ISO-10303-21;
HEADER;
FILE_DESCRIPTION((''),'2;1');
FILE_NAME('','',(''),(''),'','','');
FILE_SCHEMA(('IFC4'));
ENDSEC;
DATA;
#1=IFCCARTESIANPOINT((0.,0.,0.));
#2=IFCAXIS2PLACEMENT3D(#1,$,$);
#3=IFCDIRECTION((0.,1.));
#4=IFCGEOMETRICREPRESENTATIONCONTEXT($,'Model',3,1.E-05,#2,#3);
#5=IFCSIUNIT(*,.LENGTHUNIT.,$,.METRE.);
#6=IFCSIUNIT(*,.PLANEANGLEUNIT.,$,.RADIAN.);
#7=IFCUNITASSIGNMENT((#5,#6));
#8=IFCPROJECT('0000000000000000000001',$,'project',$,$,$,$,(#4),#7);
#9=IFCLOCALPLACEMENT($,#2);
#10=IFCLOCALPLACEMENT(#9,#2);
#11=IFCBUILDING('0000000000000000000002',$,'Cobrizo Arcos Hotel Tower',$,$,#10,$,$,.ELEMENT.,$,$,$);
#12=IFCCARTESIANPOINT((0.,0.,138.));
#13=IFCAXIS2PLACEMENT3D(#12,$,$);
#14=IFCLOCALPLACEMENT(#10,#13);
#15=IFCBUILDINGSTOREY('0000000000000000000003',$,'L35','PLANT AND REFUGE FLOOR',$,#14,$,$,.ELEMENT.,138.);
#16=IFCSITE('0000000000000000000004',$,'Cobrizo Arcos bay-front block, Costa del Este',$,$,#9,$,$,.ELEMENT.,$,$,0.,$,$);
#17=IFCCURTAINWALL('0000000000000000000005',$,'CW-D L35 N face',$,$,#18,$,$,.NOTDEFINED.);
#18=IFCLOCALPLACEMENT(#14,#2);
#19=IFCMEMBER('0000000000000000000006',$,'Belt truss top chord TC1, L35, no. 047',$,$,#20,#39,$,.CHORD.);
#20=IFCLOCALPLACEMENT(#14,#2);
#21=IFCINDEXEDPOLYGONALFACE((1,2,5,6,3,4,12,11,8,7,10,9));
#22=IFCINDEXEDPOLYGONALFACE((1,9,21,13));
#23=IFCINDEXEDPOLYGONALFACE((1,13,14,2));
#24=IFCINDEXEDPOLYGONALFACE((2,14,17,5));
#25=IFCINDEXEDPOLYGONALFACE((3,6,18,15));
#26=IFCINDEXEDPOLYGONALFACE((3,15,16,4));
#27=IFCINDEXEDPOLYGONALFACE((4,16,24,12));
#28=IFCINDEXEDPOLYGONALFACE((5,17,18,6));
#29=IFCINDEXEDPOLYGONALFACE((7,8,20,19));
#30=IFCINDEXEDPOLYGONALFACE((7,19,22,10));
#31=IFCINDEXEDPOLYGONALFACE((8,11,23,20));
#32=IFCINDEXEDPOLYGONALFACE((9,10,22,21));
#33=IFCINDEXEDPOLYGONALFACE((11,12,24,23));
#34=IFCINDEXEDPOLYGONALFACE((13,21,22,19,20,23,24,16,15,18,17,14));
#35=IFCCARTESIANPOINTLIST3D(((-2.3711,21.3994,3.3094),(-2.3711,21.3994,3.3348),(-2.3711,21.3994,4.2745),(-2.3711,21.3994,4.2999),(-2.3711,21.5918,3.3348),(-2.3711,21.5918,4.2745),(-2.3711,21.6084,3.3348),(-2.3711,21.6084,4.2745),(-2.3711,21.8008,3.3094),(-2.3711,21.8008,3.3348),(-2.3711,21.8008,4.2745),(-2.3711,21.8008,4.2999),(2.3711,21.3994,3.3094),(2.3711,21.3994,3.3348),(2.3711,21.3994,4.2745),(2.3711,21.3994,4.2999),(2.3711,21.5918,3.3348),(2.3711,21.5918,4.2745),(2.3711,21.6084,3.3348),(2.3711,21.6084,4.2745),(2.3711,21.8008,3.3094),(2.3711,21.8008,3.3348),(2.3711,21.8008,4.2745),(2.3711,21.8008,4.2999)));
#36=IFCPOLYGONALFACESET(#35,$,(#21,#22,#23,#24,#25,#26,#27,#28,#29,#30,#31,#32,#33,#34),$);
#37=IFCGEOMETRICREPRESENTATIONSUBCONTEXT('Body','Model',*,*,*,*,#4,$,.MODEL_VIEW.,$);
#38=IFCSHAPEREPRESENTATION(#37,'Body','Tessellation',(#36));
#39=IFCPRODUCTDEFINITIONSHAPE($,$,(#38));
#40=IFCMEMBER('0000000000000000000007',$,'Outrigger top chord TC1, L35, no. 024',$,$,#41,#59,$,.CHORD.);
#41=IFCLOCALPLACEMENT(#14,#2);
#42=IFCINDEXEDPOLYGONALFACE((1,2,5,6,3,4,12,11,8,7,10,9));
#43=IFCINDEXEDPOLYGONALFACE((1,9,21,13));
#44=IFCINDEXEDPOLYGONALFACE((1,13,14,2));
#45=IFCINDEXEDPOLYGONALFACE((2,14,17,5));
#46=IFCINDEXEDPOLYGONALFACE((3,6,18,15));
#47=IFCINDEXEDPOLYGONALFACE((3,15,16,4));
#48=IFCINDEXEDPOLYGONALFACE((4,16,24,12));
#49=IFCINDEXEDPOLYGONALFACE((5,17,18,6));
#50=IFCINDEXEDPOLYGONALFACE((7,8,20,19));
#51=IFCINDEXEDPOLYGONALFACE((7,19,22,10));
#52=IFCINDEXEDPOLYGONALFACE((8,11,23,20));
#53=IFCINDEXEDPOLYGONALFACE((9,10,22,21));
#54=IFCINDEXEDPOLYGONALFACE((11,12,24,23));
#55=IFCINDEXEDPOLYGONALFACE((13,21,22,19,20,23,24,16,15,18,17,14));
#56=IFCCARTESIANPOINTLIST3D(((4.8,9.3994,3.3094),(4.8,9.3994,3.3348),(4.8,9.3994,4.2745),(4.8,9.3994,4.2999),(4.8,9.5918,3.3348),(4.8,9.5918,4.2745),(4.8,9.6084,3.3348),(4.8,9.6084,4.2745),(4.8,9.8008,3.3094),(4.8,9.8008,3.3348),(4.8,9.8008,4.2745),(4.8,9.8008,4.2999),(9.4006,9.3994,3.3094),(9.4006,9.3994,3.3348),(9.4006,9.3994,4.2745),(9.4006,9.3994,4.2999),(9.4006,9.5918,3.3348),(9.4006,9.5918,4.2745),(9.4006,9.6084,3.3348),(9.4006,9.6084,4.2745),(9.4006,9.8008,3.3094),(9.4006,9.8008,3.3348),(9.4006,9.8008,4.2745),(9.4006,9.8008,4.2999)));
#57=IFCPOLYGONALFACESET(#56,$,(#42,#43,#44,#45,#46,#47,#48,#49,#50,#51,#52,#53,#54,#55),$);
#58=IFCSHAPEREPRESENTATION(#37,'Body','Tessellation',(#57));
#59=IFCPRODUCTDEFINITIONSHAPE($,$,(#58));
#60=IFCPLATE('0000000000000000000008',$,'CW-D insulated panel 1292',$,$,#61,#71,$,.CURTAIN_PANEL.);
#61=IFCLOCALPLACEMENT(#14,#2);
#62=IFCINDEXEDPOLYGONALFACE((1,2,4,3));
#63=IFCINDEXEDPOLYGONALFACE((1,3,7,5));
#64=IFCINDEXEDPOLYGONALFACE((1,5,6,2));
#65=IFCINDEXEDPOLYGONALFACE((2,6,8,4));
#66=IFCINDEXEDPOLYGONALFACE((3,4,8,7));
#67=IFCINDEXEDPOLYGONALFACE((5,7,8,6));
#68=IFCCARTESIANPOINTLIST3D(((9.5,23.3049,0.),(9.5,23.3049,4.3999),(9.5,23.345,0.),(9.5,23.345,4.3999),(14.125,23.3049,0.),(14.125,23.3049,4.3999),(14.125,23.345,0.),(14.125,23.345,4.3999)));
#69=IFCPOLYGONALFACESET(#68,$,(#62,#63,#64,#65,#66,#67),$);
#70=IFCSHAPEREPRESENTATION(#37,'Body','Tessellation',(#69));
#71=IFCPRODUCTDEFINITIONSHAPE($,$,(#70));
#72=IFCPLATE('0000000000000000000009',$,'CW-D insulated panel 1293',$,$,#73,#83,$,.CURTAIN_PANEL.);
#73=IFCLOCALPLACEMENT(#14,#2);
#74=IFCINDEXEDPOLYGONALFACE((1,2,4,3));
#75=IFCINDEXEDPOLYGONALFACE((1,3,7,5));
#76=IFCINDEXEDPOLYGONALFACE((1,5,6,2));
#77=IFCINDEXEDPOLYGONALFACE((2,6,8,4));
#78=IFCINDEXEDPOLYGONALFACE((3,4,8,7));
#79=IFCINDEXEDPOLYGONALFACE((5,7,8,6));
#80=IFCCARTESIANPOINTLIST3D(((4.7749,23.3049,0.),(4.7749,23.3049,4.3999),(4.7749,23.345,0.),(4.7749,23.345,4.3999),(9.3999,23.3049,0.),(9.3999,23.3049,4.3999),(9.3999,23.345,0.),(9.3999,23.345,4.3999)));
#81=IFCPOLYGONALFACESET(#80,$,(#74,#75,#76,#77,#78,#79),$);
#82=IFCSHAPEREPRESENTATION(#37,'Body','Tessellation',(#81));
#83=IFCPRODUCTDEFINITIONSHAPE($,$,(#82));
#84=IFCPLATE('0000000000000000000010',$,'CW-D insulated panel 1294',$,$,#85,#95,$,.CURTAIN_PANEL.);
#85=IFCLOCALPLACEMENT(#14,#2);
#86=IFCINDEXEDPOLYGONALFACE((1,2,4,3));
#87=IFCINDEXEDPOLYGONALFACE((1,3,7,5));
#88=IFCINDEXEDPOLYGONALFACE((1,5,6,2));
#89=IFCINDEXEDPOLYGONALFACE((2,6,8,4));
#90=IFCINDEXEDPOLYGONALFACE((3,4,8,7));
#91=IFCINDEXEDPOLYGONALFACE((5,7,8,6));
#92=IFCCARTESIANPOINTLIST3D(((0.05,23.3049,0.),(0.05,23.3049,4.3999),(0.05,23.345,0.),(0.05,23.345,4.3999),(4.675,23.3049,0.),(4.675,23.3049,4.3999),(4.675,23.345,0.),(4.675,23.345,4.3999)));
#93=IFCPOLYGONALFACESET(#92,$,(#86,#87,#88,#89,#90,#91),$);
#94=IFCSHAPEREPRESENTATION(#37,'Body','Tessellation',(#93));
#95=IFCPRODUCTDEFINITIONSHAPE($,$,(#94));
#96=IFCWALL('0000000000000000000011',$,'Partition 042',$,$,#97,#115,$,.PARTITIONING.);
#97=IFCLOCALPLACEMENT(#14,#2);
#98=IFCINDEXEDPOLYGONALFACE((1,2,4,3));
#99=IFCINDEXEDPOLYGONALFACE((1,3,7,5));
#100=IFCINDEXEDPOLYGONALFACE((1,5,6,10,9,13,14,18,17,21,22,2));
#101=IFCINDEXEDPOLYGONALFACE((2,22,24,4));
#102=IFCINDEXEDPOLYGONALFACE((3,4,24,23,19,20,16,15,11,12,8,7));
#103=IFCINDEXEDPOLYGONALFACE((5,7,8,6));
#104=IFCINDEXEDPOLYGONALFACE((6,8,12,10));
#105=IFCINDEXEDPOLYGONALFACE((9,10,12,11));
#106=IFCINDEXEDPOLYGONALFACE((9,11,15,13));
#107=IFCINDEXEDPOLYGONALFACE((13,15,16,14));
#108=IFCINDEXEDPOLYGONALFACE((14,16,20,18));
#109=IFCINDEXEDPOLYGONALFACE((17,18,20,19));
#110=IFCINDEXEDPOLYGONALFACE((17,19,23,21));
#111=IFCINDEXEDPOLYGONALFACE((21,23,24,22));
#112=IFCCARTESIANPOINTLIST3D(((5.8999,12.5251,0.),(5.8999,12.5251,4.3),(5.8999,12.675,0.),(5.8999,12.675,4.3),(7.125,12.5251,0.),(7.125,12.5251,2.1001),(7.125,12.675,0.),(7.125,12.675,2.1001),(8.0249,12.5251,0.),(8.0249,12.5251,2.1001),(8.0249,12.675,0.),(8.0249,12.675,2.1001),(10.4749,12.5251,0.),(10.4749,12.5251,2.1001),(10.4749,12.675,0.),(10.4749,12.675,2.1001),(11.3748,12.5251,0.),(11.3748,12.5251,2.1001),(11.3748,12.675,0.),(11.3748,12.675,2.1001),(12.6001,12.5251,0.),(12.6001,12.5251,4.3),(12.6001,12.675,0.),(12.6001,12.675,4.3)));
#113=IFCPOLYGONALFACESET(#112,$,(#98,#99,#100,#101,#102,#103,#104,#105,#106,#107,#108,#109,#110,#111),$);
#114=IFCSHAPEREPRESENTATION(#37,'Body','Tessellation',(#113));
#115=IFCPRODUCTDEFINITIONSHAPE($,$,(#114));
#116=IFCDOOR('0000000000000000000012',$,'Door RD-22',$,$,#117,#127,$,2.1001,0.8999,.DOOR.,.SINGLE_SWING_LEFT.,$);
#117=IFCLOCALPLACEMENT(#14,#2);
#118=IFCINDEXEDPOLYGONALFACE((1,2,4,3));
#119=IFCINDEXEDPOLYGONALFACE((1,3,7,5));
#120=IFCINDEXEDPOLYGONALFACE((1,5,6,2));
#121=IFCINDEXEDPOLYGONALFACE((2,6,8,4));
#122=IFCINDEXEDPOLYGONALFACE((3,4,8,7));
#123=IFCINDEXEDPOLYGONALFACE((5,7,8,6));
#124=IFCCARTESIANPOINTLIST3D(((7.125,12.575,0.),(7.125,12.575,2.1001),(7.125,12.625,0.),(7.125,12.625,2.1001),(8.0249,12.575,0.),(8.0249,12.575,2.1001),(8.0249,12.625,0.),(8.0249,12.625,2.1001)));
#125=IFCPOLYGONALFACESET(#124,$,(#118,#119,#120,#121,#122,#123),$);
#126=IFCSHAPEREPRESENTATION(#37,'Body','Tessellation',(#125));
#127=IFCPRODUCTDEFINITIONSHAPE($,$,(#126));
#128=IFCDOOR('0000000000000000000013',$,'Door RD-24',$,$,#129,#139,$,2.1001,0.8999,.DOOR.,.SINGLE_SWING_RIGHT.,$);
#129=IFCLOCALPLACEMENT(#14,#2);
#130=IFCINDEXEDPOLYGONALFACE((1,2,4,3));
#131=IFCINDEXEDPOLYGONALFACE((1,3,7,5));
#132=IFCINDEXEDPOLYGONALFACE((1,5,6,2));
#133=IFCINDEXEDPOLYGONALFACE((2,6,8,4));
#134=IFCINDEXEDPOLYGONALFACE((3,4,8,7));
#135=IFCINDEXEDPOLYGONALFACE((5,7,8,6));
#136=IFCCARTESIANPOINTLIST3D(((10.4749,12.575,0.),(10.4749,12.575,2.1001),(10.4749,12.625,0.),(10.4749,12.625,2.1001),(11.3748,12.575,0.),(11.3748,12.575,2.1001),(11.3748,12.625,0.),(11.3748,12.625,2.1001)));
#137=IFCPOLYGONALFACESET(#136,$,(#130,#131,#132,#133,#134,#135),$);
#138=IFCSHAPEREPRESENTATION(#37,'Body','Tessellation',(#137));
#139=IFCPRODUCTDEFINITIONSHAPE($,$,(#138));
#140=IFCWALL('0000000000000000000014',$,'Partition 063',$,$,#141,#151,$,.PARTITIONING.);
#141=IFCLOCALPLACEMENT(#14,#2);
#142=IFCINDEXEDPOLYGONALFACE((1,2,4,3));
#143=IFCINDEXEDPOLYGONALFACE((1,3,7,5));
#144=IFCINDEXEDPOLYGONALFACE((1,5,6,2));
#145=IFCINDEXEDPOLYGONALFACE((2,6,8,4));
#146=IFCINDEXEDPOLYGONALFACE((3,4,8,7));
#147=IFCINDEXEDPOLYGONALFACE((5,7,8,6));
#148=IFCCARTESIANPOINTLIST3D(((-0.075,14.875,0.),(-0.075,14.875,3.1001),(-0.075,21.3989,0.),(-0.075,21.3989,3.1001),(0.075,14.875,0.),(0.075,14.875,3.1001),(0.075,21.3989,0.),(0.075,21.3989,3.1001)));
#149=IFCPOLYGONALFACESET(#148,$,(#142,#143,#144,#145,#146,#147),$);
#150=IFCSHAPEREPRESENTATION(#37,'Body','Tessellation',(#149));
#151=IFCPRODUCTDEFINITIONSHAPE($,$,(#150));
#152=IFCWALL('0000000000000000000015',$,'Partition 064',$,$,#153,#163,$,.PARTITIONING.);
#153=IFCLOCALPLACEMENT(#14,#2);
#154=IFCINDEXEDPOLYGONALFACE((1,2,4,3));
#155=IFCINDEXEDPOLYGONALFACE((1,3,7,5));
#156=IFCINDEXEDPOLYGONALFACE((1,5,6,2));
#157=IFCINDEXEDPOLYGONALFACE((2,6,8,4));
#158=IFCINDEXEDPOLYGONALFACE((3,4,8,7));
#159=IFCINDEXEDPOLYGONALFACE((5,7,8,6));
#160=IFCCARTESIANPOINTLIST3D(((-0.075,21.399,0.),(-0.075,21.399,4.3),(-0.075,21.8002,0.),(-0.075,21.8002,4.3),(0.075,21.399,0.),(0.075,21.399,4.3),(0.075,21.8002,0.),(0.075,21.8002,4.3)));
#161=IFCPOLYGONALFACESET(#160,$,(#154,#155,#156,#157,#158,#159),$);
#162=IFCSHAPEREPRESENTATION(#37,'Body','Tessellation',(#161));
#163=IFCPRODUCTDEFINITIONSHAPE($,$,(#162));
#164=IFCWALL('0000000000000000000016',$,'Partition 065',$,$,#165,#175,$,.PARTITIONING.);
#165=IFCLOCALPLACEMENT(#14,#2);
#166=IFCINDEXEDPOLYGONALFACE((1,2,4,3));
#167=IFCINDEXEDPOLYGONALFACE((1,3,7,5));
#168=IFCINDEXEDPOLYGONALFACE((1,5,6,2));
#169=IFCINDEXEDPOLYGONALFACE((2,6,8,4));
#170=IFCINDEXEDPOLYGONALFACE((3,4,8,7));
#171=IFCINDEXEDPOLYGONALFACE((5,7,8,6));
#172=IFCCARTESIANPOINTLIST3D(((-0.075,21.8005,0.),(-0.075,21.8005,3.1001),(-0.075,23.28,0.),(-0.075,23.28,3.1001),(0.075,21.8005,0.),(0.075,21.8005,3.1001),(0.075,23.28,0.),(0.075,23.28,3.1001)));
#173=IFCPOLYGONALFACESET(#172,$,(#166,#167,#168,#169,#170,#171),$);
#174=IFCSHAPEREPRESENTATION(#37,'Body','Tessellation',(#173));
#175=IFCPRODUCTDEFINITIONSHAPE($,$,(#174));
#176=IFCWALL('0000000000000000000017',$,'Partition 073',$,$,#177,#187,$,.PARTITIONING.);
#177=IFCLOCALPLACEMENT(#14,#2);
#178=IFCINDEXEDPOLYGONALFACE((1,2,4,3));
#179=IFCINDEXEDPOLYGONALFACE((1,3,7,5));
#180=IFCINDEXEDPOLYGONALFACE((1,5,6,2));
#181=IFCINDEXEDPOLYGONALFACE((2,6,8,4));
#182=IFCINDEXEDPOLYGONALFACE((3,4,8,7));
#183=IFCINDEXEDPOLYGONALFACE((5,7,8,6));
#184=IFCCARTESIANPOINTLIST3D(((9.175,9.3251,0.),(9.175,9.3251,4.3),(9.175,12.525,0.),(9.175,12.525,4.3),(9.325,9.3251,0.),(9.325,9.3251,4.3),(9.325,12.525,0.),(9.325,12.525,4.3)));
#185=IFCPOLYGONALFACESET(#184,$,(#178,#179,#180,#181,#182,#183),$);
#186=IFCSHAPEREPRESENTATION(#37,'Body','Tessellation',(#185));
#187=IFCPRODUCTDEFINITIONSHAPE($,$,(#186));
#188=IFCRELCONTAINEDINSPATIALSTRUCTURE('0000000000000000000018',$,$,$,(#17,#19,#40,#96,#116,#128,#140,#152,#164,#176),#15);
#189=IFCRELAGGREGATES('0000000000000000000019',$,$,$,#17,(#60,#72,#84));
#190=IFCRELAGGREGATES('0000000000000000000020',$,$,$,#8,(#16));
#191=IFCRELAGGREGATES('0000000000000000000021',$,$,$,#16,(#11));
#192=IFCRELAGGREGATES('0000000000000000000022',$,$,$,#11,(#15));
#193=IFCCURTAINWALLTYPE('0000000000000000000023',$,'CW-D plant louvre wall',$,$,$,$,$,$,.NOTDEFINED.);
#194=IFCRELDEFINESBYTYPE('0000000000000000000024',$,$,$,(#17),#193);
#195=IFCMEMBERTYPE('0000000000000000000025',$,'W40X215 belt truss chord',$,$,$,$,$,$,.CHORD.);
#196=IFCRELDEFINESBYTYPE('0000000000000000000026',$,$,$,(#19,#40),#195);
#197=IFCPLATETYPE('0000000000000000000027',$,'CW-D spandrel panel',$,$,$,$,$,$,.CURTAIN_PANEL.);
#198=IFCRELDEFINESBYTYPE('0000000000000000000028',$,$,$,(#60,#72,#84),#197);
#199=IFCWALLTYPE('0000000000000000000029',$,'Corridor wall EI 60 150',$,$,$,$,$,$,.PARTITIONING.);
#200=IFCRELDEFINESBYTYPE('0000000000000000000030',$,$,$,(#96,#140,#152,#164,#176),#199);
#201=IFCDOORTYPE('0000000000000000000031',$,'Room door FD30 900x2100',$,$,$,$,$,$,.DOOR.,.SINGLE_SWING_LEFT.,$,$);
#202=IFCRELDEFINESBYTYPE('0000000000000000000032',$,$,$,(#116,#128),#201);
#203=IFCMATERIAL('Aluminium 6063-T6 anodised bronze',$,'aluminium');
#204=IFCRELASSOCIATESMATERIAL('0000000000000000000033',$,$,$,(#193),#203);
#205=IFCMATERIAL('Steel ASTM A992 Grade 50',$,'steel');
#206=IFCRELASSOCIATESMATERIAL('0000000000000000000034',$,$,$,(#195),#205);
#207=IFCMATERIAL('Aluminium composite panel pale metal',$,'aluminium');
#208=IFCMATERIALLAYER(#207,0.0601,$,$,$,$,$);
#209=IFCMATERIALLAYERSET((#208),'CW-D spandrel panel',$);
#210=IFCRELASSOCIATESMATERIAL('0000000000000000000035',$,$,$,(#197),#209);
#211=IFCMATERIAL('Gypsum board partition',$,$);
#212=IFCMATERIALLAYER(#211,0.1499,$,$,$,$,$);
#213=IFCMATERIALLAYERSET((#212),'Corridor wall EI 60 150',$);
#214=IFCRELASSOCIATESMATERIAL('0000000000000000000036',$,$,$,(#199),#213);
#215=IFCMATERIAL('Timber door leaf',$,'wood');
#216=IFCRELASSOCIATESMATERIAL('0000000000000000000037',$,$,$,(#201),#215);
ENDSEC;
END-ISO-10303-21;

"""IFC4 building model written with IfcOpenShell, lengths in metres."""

from ifc_helpers import new_model, si_unit, direction, frame, frame_2d, origin, origin_2d, place, context, subcontext, project, spatial, rectangle, i_section, extrude, material, layer, layer_set, material_profile, profile_set, type_object, element, fill, aggregate, save


model = new_model("IFC4")

# Units and contexts
model_context = context("Model", 3, precision=1e-05, world=origin(), true_north=direction((0.0, 1.0)))
body_context = subcontext(model_context, "Body", "Model", "MODEL_VIEW")
ifc_project = project(units=[si_unit("LENGTHUNIT", "METRE"), si_unit("PLANEANGLEUNIT", "RADIAN")], contexts=[model_context])

# Site, building, storey
site_placement = place(None, origin())
site = spatial("IfcSite", under=ifc_project, at=site_placement, Name="Cobrizo Arcos bay-front block, Costa del Este", CompositionType="ELEMENT", RefElevation=0.0)
building_placement = place(site_placement, origin())
building = spatial("IfcBuilding", under=site, at=building_placement, Name="Cobrizo Arcos Hotel Tower", CompositionType="ELEMENT")
storey_placement = place(building_placement, frame((0.0, 0.0, 138.0)))
storey = spatial("IfcBuildingStorey", under=building, at=storey_placement, Name="L35", Description="PLANT AND REFUGE FLOOR", CompositionType="ELEMENT", Elevation=138.0)

# Curtain wall
ifc_material_1 = material(Name="Aluminium 6063-T6 anodised bronze", Category="aluminium")
curtain_wall_type = type_object("IfcCurtainWallType", Name="CW-D plant louvre wall", PredefinedType="NOTDEFINED", material=ifc_material_1)
curtain_wall_placement = place(storey_placement, origin())
curtain_wall = element("IfcCurtainWall", 1, at=curtain_wall_placement, inside=storey, type_object=curtain_wall_type, Name="CW-D L35 N face", PredefinedType="NOTDEFINED")

# Members
ifc_material_2 = material(Name="Steel ASTM A992 Grade 50", Category="steel")
ifc_material_profile_1 = material_profile(ifc_material_2, i_section(OverallWidth=0.4014, OverallDepth=0.9905, WebThickness=0.0166, FlangeThickness=0.0254, at=origin_2d()), Name="W40X215")
ifc_profile_set_1 = profile_set([ifc_material_profile_1], Name="Steel ASTM A992 Grade 50")
member_type_1 = type_object("IfcMemberType", Name="W40X215 belt truss chord", PredefinedType="CHORD", material=ifc_profile_set_1)
member_1_placement = place(storey_placement, frame((2.3711, 21.6001, 3.8047), z_axis=(-1.0, 0.0, 0.0), x_axis=(0.0, -1.0, 0.0)))
element("IfcMember", 2, at=member_1_placement, inside=storey, type_object=member_type_1, Name="Belt truss top chord TC1, L35, no. 047", PredefinedType="CHORD", context=body_context, shape_type="SweptSolid", body=[
    extrude(i_section(OverallWidth=0.4014, OverallDepth=0.9905, WebThickness=0.0166, FlangeThickness=0.0254, at=origin_2d()), origin(), (0.0, 0.0, 1.0), 4.7422),
])
member_2_placement = place(storey_placement, frame((4.8, 9.6001, 3.8047), z_axis=(1.0, 0.0, 0.0), x_axis=(0.0, 1.0, 0.0)))
element("IfcMember", 3, at=member_2_placement, inside=storey, type_object=member_type_1, Name="Outrigger top chord TC1, L35, no. 024", PredefinedType="CHORD", context=body_context, shape_type="SweptSolid", body=[
    extrude(i_section(OverallWidth=0.4014, OverallDepth=0.9905, WebThickness=0.0166, FlangeThickness=0.0254, at=origin_2d()), origin(), (0.0, 0.0, 1.0), 4.6006),
])

# Plates
ifc_material_3 = material(Name="Aluminium composite panel pale metal", Category="aluminium")
ifc_layer_1 = layer(ifc_material_3, 0.0601)
ifc_layer_set_1 = layer_set([ifc_layer_1], Name="CW-D spandrel panel")
plate_type = type_object("IfcPlateType", Name="CW-D spandrel panel", PredefinedType="CURTAIN_PANEL", material=ifc_layer_set_1)
plate_1_placement = place(storey_placement, frame((11.8125, 23.325, 0.0), z_axis=(0.0, 0.0, 1.0), x_axis=(-1.0, 0.0, 0.0)))
plate_1 = element("IfcPlate", 4, at=plate_1_placement, type_object=plate_type, Name="CW-D insulated panel 1292", PredefinedType="CURTAIN_PANEL", context=body_context, shape_type="SweptSolid", body=[
    extrude(rectangle(XDim=4.625, YDim=0.04, at=origin_2d()), origin(), (0.0, 0.0, 1.0), 4.3999),
])
plate_2_placement = place(storey_placement, frame((7.0874, 23.325, 0.0), z_axis=(0.0, 0.0, 1.0), x_axis=(-1.0, 0.0, 0.0)))
plate_2 = element("IfcPlate", 5, at=plate_2_placement, type_object=plate_type, Name="CW-D insulated panel 1293", PredefinedType="CURTAIN_PANEL", context=body_context, shape_type="SweptSolid", body=[
    extrude(rectangle(XDim=4.625, YDim=0.04, at=origin_2d()), origin(), (0.0, 0.0, 1.0), 4.3999),
])
plate_3_placement = place(storey_placement, frame((2.3625, 23.325, 0.0), z_axis=(0.0, 0.0, 1.0), x_axis=(-1.0, 0.0, 0.0)))
plate_3 = element("IfcPlate", 6, at=plate_3_placement, type_object=plate_type, Name="CW-D insulated panel 1294", PredefinedType="CURTAIN_PANEL", context=body_context, shape_type="SweptSolid", body=[
    extrude(rectangle(XDim=4.625, YDim=0.04, at=origin_2d()), origin(), (0.0, 0.0, 1.0), 4.3999),
])
aggregate(curtain_wall, [plate_1, plate_2, plate_3])

# Wall, openings, doors
ifc_material_4 = material(Name="Gypsum board partition")
ifc_layer_2 = layer(ifc_material_4, 0.1499)
ifc_layer_set_2 = layer_set([ifc_layer_2], Name="Corridor wall EI 60 150")
wall_type = type_object("IfcWallType", Name="Corridor wall EI 60 150", PredefinedType="PARTITIONING", material=ifc_layer_set_2)
wall_1_placement = place(storey_placement, frame((5.8999, 12.6001, 0.0), z_axis=(0.0, 0.0, 1.0), x_axis=(1.0, 0.0, 0.0)))
wall_1 = element("IfcWall", 7, at=wall_1_placement, inside=storey, type_object=wall_type, Name="Partition 042", PredefinedType="PARTITIONING", context=body_context, shape_type="SweptSolid", body=[
    extrude(rectangle(XDim=6.7002, YDim=0.1499, at=frame_2d((3.3501, 0.0))), origin(), (0.0, 0.0, 1.0), 4.3),
])
opening_1_placement = place(wall_1_placement, frame((1.2251, 0.0, 0.0)))
opening_1 = element("IfcOpeningElement", 8, at=opening_1_placement, cuts=wall_1, PredefinedType="OPENING", context=body_context, shape_type="SweptSolid", body=[
    extrude(rectangle(XDim=0.8999, YDim=2.1001, at=frame_2d((0.45, 1.05))), frame((0.0, 0.0869, 0.0), z_axis=(0.0, -1.0, 0.0), x_axis=(1.0, 0.0, 0.0)), (0.0, 0.0, 1.0), 0.1738),
])
opening_2_placement = place(wall_1_placement, frame((4.575, 0.0, 0.0)))
opening_2 = element("IfcOpeningElement", 9, at=opening_2_placement, cuts=wall_1, PredefinedType="OPENING", context=body_context, shape_type="SweptSolid", body=[
    extrude(rectangle(XDim=0.8999, YDim=2.1001, at=frame_2d((0.45, 1.05))), frame((0.0, 0.0869, 0.0), z_axis=(0.0, -1.0, 0.0), x_axis=(1.0, 0.0, 0.0)), (0.0, 0.0, 1.0), 0.1738),
])
ifc_material_5 = material(Name="Timber door leaf", Category="wood")
door_type = type_object("IfcDoorType", Name="Room door FD30 900x2100", OperationType="SINGLE_SWING_LEFT", PredefinedType="DOOR", material=ifc_material_5)
door_1_placement = place(opening_1_placement, origin())
door_1 = element("IfcDoor", 10, at=door_1_placement, inside=storey, type_object=door_type, Name="Door RD-22", OperationType="SINGLE_SWING_LEFT", OverallHeight=2.1001, OverallWidth=0.8999, PredefinedType="DOOR", context=body_context, shape_type="SweptSolid", body=[
    extrude(rectangle(XDim=0.8999, YDim=2.1001, at=frame_2d((0.45, 1.05))), frame((0.0, 0.0249, 0.0), z_axis=(0.0, -1.0, 0.0), x_axis=(1.0, 0.0, 0.0)), (0.0, 0.0, 1.0), 0.05),
])
fill(opening_1, door_1)
door_2_placement = place(opening_2_placement, origin())
door_2 = element("IfcDoor", 11, at=door_2_placement, inside=storey, type_object=door_type, Name="Door RD-24", OperationType="SINGLE_SWING_RIGHT", OverallHeight=2.1001, OverallWidth=0.8999, PredefinedType="DOOR", context=body_context, shape_type="SweptSolid", body=[
    extrude(rectangle(XDim=0.8999, YDim=2.1001, at=frame_2d((0.45, 1.05))), frame((0.0, 0.0249, 0.0), z_axis=(0.0, -1.0, 0.0), x_axis=(1.0, 0.0, 0.0)), (0.0, 0.0, 1.0), 0.05),
])
fill(opening_2, door_2)

# Walls
wall_2_placement = place(storey_placement, frame((0.0, 14.875, 0.0), z_axis=(0.0, 0.0, 1.0), x_axis=(0.0, 1.0, 0.0)))
element("IfcWall", 12, at=wall_2_placement, inside=storey, type_object=wall_type, Name="Partition 063", PredefinedType="PARTITIONING", context=body_context, shape_type="SweptSolid", body=[
    extrude(rectangle(XDim=6.5239, YDim=0.1499, at=frame_2d((3.262, 0.0))), origin(), (0.0, 0.0, 1.0), 3.1001),
])
wall_3_placement = place(storey_placement, frame((0.0, 21.3989, 0.0), z_axis=(0.0, 0.0, 1.0), x_axis=(0.0, 1.0, 0.0)))
element("IfcWall", 13, at=wall_3_placement, inside=storey, type_object=wall_type, Name="Partition 064", PredefinedType="PARTITIONING", context=body_context, shape_type="SweptSolid", body=[
    extrude(rectangle(XDim=0.4011, YDim=0.1499, at=frame_2d((0.2007, 0.0))), origin(), (0.0, 0.0, 1.0), 4.3),
])
wall_4_placement = place(storey_placement, frame((0.0, 21.8005, 0.0), z_axis=(0.0, 0.0, 1.0), x_axis=(0.0, 1.0, 0.0)))
element("IfcWall", 14, at=wall_4_placement, inside=storey, type_object=wall_type, Name="Partition 065", PredefinedType="PARTITIONING", context=body_context, shape_type="SweptSolid", body=[
    extrude(rectangle(XDim=1.4795, YDim=0.1499, at=frame_2d((0.7397, 0.0))), origin(), (0.0, 0.0, 1.0), 3.1001),
])
wall_5_placement = place(storey_placement, frame((9.25, 9.325, 0.0), z_axis=(0.0, 0.0, 1.0), x_axis=(0.0, 1.0, 0.0)))
element("IfcWall", 15, at=wall_5_placement, inside=storey, type_object=wall_type, Name="Partition 073", PredefinedType="PARTITIONING", context=body_context, shape_type="SweptSolid", body=[
    extrude(rectangle(XDim=3.2, YDim=0.1499, at=frame_2d((1.6001, 0.0))), origin(), (0.0, 0.0, 1.0), 4.3),
])

save(model, "model.ifc")
